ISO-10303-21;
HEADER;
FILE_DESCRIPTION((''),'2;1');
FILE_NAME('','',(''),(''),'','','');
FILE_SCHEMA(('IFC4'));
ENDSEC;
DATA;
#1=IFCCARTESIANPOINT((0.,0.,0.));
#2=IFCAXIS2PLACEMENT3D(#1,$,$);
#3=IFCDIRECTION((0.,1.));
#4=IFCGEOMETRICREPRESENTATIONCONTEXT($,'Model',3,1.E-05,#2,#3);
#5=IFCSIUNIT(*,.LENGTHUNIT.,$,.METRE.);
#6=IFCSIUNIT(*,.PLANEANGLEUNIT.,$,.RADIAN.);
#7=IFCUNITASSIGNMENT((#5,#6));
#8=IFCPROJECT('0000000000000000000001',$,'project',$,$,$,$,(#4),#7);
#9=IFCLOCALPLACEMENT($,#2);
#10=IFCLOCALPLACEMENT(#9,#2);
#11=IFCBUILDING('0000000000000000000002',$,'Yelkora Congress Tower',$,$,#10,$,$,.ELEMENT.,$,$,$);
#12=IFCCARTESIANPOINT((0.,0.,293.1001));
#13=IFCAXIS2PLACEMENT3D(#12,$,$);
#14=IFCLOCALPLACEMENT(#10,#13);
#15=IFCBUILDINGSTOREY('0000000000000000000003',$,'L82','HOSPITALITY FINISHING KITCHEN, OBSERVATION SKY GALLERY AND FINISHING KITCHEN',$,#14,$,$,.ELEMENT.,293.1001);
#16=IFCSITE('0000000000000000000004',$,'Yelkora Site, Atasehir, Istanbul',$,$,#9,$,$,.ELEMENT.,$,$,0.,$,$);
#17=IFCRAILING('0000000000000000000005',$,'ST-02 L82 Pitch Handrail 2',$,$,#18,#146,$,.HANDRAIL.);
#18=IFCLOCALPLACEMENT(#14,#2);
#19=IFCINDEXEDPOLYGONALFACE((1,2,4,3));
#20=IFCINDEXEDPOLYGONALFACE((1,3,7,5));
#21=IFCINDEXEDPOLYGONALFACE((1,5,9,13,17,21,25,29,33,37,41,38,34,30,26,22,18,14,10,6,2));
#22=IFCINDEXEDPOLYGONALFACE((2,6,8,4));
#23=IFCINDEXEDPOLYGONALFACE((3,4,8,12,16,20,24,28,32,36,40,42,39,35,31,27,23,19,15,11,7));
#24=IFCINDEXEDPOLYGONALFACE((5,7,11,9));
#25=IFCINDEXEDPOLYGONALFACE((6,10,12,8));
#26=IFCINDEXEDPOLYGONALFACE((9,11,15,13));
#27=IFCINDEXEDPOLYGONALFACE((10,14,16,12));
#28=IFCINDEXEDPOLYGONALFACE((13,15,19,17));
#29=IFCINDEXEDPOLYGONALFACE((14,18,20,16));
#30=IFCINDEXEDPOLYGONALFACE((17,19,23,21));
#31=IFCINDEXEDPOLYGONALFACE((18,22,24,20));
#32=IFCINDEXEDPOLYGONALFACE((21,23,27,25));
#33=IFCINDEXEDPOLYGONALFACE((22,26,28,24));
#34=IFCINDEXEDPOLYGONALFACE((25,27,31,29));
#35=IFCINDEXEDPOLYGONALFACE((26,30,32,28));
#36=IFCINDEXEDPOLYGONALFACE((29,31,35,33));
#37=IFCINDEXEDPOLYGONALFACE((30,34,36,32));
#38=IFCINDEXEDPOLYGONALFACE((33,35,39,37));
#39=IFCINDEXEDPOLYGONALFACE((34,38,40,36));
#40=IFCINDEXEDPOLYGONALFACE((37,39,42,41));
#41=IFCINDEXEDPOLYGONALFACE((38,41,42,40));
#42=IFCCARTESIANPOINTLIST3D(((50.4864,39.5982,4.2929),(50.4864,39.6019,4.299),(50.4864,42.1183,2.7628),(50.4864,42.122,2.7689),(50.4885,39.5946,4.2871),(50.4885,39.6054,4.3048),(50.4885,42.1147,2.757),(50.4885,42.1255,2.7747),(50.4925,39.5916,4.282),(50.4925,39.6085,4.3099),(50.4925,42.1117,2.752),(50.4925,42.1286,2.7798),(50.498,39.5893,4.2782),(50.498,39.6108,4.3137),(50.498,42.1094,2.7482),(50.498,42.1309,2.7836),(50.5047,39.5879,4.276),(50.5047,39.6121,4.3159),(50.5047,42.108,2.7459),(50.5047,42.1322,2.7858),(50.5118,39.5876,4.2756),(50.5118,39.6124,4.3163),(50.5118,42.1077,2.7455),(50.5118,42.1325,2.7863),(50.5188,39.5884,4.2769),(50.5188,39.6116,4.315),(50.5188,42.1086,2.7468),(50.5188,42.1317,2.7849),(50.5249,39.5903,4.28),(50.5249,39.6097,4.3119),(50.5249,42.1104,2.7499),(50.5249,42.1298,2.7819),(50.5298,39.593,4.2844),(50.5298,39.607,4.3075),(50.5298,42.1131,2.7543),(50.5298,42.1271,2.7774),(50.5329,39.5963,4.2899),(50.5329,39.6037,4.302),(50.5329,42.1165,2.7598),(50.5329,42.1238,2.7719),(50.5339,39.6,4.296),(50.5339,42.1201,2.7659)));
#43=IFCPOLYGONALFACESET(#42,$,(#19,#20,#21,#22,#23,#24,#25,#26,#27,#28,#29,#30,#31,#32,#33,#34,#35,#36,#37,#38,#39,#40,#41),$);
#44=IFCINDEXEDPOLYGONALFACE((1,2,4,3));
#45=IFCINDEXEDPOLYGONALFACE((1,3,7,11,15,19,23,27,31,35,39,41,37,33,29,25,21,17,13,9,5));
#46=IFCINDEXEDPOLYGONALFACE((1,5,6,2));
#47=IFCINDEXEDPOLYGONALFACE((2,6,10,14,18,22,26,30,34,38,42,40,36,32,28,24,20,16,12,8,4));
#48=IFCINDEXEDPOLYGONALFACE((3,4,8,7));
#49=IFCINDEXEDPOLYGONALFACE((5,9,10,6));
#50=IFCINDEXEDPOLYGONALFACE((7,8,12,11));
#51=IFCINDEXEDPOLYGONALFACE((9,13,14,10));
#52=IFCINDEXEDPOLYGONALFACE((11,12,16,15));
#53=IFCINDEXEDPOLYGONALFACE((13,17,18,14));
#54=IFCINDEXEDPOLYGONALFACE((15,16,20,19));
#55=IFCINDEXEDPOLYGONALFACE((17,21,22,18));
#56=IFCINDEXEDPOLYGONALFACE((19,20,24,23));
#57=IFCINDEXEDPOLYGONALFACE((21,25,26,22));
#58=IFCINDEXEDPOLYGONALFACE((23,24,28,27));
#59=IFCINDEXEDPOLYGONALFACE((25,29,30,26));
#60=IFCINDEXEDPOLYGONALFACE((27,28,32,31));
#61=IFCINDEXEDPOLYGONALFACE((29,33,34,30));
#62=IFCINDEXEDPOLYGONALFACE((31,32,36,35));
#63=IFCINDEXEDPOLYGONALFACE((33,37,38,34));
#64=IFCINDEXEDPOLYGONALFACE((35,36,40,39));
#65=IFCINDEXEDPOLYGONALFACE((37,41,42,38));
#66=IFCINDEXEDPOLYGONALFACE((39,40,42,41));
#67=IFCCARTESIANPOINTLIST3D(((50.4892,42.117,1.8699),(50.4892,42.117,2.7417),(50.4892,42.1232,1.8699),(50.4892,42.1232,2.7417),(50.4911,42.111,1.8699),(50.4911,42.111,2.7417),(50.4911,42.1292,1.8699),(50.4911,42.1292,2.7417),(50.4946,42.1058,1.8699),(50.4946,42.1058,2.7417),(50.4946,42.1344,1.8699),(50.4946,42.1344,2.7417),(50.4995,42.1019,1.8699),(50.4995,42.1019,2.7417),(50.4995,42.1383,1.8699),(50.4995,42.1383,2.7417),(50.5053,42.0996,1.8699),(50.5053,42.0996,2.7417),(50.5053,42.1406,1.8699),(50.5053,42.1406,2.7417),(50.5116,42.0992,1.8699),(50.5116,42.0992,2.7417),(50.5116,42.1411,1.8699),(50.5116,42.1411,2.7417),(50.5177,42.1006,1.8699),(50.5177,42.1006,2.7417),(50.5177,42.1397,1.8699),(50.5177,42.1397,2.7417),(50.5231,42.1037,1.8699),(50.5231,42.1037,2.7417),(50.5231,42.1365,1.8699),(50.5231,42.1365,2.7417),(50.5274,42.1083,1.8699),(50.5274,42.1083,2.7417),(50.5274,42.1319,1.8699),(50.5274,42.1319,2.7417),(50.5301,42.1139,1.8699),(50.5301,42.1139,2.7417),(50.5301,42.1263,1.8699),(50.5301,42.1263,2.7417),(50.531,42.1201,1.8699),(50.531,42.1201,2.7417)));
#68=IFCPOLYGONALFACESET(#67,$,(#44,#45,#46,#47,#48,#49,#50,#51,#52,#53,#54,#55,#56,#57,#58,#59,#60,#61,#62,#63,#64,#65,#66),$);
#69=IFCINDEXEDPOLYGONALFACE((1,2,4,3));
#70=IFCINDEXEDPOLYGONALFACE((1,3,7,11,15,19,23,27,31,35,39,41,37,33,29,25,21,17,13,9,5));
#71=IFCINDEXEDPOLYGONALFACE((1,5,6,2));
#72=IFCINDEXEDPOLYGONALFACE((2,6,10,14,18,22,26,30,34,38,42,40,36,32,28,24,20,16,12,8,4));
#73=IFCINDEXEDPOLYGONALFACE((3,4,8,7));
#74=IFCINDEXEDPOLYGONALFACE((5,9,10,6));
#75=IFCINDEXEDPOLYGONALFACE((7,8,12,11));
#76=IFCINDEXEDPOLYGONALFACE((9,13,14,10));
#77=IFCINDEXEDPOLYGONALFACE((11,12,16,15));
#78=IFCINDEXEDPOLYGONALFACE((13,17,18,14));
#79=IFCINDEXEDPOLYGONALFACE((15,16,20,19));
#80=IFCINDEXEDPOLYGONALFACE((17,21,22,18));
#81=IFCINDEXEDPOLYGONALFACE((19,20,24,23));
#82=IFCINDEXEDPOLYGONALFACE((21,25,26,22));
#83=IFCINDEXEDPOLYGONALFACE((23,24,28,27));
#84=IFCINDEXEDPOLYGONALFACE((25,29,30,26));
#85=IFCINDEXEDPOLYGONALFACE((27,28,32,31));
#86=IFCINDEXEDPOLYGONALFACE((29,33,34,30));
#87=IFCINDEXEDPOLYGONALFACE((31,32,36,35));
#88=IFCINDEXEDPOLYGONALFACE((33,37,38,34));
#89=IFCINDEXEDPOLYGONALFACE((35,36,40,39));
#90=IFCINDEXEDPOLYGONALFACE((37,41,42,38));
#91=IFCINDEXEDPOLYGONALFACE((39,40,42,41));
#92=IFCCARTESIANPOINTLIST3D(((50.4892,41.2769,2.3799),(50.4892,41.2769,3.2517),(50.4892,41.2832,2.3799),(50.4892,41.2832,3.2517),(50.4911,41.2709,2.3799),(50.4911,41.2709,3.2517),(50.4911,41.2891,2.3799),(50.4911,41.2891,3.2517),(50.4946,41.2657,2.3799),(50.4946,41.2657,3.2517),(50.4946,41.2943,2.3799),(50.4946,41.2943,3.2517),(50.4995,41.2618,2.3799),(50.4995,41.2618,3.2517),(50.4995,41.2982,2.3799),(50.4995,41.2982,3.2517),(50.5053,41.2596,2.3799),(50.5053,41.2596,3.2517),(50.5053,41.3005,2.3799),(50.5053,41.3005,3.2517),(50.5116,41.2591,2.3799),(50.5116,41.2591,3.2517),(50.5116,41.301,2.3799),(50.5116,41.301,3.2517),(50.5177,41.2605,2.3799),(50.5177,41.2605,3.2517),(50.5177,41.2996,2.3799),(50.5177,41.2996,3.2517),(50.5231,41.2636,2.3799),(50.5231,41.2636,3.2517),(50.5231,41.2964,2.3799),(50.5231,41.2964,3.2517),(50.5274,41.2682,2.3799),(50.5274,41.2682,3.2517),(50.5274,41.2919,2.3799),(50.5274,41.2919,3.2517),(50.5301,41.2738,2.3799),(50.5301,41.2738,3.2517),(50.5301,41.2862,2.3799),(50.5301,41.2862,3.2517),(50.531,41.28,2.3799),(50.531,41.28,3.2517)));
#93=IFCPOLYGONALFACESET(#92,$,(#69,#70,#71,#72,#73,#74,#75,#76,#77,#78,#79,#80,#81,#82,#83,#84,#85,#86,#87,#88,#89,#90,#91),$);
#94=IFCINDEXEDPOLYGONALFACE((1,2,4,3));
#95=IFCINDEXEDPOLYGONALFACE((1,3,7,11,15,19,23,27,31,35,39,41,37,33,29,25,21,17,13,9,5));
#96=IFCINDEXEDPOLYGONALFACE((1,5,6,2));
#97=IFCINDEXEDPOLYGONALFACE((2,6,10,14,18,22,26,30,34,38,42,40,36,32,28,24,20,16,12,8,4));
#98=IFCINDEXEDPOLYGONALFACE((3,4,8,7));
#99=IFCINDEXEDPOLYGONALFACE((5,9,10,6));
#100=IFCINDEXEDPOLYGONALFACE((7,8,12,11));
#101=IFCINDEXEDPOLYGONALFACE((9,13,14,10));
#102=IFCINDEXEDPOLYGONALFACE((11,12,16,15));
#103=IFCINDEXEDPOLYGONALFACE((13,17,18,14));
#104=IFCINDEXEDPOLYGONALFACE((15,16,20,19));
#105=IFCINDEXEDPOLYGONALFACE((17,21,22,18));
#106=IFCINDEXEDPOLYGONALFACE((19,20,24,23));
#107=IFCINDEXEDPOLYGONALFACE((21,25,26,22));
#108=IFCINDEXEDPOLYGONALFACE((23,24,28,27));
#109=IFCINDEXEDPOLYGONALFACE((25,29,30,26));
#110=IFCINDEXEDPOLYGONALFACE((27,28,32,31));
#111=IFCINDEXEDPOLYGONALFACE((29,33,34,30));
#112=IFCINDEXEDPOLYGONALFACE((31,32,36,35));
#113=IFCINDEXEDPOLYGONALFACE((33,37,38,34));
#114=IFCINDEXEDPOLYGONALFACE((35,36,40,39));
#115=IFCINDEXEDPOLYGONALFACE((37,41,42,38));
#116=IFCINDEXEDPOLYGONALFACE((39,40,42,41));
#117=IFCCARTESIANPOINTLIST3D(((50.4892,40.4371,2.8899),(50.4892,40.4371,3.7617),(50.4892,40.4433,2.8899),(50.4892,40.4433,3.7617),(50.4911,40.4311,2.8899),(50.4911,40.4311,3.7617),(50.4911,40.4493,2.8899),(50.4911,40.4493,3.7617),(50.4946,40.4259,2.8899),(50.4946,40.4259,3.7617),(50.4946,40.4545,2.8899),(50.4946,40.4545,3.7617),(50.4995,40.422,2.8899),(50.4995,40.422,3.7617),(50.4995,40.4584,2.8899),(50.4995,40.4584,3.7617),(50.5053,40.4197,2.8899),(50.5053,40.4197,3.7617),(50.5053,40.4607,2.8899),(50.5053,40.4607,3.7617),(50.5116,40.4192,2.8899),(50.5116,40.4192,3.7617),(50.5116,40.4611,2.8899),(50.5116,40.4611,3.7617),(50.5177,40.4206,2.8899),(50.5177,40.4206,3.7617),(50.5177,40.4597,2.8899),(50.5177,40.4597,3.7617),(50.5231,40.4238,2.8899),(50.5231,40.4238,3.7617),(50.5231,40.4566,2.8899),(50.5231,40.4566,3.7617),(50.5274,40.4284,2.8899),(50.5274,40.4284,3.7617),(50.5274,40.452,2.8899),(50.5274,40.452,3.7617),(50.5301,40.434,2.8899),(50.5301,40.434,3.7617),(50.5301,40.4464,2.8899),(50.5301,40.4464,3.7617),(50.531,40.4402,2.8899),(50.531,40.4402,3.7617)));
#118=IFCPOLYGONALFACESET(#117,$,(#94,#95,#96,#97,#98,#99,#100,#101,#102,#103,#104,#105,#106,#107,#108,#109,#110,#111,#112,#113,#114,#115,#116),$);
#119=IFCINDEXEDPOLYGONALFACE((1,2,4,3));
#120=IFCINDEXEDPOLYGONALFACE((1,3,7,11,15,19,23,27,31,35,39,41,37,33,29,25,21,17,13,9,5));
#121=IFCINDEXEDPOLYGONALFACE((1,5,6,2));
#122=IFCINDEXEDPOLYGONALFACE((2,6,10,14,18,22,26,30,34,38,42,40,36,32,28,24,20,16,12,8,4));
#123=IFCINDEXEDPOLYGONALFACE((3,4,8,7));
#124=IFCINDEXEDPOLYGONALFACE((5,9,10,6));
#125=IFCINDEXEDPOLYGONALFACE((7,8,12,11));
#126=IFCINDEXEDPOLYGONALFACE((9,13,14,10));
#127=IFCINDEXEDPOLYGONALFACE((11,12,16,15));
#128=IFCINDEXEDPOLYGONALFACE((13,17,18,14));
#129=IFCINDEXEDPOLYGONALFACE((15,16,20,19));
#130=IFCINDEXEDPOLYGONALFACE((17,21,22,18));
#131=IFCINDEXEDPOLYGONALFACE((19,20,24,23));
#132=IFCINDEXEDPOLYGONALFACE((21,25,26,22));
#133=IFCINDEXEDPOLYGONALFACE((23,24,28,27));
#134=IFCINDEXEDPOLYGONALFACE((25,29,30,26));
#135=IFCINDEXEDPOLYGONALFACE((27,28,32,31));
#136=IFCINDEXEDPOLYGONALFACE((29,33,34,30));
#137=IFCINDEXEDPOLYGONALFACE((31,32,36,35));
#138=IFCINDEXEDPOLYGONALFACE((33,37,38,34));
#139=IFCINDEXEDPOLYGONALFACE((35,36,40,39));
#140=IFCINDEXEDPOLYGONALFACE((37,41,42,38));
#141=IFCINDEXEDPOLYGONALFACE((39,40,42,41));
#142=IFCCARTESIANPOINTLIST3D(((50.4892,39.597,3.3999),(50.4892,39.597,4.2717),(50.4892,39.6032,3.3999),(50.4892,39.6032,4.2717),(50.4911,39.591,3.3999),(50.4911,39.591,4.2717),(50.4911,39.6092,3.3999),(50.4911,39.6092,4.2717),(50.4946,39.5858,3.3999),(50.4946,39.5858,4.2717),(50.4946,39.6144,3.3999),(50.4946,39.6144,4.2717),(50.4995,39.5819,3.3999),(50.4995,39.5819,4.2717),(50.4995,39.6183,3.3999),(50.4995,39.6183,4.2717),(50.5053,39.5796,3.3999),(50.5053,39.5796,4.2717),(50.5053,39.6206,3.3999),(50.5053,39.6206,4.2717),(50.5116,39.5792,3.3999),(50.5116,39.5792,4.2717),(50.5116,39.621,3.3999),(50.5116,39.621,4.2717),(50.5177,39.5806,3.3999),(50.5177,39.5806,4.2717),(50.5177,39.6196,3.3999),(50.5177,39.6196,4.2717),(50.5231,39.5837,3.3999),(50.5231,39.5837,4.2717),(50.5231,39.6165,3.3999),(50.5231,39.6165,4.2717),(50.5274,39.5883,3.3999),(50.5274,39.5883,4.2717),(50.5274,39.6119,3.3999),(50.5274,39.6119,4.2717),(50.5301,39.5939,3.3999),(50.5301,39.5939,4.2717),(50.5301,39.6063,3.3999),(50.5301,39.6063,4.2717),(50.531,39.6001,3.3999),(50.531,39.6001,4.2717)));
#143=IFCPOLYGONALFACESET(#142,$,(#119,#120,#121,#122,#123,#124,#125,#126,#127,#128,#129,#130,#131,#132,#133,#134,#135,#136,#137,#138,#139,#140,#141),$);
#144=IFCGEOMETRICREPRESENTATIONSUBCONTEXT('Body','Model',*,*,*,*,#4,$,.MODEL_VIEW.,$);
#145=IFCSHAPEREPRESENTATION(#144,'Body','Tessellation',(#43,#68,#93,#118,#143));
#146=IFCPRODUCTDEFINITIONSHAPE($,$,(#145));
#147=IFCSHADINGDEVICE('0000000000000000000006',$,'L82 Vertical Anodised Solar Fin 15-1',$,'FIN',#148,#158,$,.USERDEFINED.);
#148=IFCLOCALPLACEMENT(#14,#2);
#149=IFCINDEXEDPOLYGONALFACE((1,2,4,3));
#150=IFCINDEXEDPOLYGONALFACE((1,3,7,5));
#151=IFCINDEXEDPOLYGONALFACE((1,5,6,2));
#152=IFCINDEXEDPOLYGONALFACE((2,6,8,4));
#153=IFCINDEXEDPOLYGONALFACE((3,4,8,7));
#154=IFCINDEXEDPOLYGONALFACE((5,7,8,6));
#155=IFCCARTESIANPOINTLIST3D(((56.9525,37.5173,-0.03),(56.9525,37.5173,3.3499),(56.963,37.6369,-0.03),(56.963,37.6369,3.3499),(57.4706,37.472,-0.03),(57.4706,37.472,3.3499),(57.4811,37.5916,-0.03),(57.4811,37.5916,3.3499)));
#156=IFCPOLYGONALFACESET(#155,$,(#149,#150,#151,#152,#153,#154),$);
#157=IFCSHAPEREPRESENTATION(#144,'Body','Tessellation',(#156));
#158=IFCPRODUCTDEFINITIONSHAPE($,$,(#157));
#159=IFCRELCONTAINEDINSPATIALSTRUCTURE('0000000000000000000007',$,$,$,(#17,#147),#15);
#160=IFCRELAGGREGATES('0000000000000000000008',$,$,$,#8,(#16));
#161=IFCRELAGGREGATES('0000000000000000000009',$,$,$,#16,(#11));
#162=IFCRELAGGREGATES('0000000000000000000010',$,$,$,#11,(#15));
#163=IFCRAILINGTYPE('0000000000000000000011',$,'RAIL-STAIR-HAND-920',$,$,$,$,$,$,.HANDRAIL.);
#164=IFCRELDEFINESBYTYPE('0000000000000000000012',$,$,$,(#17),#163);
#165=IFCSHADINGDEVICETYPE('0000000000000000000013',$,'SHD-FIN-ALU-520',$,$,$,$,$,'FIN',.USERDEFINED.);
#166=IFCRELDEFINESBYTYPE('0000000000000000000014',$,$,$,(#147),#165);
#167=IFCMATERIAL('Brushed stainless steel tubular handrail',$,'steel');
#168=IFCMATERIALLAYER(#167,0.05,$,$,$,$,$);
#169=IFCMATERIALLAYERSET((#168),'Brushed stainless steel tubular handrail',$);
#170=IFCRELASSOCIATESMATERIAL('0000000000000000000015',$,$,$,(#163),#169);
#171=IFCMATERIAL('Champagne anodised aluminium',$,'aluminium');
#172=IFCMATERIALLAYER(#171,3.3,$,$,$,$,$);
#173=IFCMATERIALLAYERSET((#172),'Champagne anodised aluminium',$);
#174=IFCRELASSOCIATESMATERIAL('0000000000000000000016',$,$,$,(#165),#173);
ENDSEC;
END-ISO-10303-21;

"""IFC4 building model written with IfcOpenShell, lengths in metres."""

from ifc_helpers import new_model, si_unit, direction, frame, origin, origin_2d, place, context, subcontext, project, spatial, rectangle, circle, extrude, material, layer, layer_set, type_object, element, save


model = new_model("IFC4")

# Units and contexts
model_context = context("Model", 3, precision=1e-05, world=origin(), true_north=direction((0.0, 1.0)))
body_context = subcontext(model_context, "Body", "Model", "MODEL_VIEW")
ifc_project = project(units=[si_unit("LENGTHUNIT", "METRE"), si_unit("PLANEANGLEUNIT", "RADIAN")], contexts=[model_context])

# Site, building, storey
site_placement = place(None, origin())
site = spatial("IfcSite", under=ifc_project, at=site_placement, Name="Yelkora Site, Atasehir, Istanbul", CompositionType="ELEMENT", RefElevation=0.0)
building_placement = place(site_placement, origin())
building = spatial("IfcBuilding", under=site, at=building_placement, Name="Yelkora Congress Tower", CompositionType="ELEMENT")
storey_placement = place(building_placement, frame((0.0, 0.0, 293.1001)))
storey = spatial("IfcBuildingStorey", under=building, at=storey_placement, Name="L82", Description="HOSPITALITY FINISHING KITCHEN, OBSERVATION SKY GALLERY AND FINISHING KITCHEN", CompositionType="ELEMENT", Elevation=293.1001)

# Railing
ifc_material_1 = material(Name="Brushed stainless steel tubular handrail", Category="steel")
ifc_layer_1 = layer(ifc_material_1, 0.05)
ifc_layer_set_1 = layer_set([ifc_layer_1], Name="Brushed stainless steel tubular handrail")
railing_type_1 = type_object("IfcRailingType", Name="RAIL-STAIR-HAND-920", PredefinedType="HANDRAIL", material=ifc_layer_set_1)
railing_1_placement = place(storey_placement, frame((50.51, 42.1201, 1.8699)))
element("IfcRailing", 1, at=railing_1_placement, inside=storey, type_object=railing_type_1, Name="ST-02 L82 Pitch Handrail 2", PredefinedType="HANDRAIL", context=body_context, shape_type="SweptSolid", body=[
    extrude(circle(Radius=0.0239, at=origin_2d()), frame((0.0, 0.0, 0.896), z_axis=(0.0, -0.854785, 0.518982), x_axis=(1.0, 0.0, 0.0)), (0.0, 0.0, 1.0), 2.9482),
    extrude(circle(Radius=0.021, at=origin_2d()), origin(), (0.0, 0.0, 1.0), 0.8718),
    extrude(circle(Radius=0.021, at=origin_2d()), frame((0.0, -0.8401, 0.51)), (0.0, 0.0, 1.0), 0.8718),
    extrude(circle(Radius=0.021, at=origin_2d()), frame((0.0, -1.6799, 1.02)), (0.0, 0.0, 1.0), 0.8718),
    extrude(circle(Radius=0.021, at=origin_2d()), frame((0.0, -2.52, 1.53)), (0.0, 0.0, 1.0), 0.8718),
])

# Shading device
ifc_material_2 = material(Name="Champagne anodised aluminium", Category="aluminium")
ifc_layer_2 = layer(ifc_material_2, 3.3)
ifc_layer_set_2 = layer_set([ifc_layer_2], Name="Champagne anodised aluminium")
shading_device_type = type_object("IfcShadingDeviceType", Name="SHD-FIN-ALU-520", ElementType="FIN", PredefinedType="USERDEFINED", material=ifc_layer_set_2)
shading_device_placement = place(storey_placement, frame((57.2168, 37.5544, -0.03), z_axis=(0.0, 0.0, 1.0), x_axis=(-0.087156, -0.996195, 0.0)))
element("IfcShadingDevice", 2, at=shading_device_placement, inside=storey, type_object=shading_device_type, Name="L82 Vertical Anodised Solar Fin 15-1", ObjectType="FIN", PredefinedType="USERDEFINED", context=body_context, shape_type="SweptSolid", body=[
    extrude(rectangle(XDim=0.1201, YDim=0.52, at=origin_2d()), origin(), (0.0, 0.0, 1.0), 3.3799),
])

save(model, "model.ifc")
